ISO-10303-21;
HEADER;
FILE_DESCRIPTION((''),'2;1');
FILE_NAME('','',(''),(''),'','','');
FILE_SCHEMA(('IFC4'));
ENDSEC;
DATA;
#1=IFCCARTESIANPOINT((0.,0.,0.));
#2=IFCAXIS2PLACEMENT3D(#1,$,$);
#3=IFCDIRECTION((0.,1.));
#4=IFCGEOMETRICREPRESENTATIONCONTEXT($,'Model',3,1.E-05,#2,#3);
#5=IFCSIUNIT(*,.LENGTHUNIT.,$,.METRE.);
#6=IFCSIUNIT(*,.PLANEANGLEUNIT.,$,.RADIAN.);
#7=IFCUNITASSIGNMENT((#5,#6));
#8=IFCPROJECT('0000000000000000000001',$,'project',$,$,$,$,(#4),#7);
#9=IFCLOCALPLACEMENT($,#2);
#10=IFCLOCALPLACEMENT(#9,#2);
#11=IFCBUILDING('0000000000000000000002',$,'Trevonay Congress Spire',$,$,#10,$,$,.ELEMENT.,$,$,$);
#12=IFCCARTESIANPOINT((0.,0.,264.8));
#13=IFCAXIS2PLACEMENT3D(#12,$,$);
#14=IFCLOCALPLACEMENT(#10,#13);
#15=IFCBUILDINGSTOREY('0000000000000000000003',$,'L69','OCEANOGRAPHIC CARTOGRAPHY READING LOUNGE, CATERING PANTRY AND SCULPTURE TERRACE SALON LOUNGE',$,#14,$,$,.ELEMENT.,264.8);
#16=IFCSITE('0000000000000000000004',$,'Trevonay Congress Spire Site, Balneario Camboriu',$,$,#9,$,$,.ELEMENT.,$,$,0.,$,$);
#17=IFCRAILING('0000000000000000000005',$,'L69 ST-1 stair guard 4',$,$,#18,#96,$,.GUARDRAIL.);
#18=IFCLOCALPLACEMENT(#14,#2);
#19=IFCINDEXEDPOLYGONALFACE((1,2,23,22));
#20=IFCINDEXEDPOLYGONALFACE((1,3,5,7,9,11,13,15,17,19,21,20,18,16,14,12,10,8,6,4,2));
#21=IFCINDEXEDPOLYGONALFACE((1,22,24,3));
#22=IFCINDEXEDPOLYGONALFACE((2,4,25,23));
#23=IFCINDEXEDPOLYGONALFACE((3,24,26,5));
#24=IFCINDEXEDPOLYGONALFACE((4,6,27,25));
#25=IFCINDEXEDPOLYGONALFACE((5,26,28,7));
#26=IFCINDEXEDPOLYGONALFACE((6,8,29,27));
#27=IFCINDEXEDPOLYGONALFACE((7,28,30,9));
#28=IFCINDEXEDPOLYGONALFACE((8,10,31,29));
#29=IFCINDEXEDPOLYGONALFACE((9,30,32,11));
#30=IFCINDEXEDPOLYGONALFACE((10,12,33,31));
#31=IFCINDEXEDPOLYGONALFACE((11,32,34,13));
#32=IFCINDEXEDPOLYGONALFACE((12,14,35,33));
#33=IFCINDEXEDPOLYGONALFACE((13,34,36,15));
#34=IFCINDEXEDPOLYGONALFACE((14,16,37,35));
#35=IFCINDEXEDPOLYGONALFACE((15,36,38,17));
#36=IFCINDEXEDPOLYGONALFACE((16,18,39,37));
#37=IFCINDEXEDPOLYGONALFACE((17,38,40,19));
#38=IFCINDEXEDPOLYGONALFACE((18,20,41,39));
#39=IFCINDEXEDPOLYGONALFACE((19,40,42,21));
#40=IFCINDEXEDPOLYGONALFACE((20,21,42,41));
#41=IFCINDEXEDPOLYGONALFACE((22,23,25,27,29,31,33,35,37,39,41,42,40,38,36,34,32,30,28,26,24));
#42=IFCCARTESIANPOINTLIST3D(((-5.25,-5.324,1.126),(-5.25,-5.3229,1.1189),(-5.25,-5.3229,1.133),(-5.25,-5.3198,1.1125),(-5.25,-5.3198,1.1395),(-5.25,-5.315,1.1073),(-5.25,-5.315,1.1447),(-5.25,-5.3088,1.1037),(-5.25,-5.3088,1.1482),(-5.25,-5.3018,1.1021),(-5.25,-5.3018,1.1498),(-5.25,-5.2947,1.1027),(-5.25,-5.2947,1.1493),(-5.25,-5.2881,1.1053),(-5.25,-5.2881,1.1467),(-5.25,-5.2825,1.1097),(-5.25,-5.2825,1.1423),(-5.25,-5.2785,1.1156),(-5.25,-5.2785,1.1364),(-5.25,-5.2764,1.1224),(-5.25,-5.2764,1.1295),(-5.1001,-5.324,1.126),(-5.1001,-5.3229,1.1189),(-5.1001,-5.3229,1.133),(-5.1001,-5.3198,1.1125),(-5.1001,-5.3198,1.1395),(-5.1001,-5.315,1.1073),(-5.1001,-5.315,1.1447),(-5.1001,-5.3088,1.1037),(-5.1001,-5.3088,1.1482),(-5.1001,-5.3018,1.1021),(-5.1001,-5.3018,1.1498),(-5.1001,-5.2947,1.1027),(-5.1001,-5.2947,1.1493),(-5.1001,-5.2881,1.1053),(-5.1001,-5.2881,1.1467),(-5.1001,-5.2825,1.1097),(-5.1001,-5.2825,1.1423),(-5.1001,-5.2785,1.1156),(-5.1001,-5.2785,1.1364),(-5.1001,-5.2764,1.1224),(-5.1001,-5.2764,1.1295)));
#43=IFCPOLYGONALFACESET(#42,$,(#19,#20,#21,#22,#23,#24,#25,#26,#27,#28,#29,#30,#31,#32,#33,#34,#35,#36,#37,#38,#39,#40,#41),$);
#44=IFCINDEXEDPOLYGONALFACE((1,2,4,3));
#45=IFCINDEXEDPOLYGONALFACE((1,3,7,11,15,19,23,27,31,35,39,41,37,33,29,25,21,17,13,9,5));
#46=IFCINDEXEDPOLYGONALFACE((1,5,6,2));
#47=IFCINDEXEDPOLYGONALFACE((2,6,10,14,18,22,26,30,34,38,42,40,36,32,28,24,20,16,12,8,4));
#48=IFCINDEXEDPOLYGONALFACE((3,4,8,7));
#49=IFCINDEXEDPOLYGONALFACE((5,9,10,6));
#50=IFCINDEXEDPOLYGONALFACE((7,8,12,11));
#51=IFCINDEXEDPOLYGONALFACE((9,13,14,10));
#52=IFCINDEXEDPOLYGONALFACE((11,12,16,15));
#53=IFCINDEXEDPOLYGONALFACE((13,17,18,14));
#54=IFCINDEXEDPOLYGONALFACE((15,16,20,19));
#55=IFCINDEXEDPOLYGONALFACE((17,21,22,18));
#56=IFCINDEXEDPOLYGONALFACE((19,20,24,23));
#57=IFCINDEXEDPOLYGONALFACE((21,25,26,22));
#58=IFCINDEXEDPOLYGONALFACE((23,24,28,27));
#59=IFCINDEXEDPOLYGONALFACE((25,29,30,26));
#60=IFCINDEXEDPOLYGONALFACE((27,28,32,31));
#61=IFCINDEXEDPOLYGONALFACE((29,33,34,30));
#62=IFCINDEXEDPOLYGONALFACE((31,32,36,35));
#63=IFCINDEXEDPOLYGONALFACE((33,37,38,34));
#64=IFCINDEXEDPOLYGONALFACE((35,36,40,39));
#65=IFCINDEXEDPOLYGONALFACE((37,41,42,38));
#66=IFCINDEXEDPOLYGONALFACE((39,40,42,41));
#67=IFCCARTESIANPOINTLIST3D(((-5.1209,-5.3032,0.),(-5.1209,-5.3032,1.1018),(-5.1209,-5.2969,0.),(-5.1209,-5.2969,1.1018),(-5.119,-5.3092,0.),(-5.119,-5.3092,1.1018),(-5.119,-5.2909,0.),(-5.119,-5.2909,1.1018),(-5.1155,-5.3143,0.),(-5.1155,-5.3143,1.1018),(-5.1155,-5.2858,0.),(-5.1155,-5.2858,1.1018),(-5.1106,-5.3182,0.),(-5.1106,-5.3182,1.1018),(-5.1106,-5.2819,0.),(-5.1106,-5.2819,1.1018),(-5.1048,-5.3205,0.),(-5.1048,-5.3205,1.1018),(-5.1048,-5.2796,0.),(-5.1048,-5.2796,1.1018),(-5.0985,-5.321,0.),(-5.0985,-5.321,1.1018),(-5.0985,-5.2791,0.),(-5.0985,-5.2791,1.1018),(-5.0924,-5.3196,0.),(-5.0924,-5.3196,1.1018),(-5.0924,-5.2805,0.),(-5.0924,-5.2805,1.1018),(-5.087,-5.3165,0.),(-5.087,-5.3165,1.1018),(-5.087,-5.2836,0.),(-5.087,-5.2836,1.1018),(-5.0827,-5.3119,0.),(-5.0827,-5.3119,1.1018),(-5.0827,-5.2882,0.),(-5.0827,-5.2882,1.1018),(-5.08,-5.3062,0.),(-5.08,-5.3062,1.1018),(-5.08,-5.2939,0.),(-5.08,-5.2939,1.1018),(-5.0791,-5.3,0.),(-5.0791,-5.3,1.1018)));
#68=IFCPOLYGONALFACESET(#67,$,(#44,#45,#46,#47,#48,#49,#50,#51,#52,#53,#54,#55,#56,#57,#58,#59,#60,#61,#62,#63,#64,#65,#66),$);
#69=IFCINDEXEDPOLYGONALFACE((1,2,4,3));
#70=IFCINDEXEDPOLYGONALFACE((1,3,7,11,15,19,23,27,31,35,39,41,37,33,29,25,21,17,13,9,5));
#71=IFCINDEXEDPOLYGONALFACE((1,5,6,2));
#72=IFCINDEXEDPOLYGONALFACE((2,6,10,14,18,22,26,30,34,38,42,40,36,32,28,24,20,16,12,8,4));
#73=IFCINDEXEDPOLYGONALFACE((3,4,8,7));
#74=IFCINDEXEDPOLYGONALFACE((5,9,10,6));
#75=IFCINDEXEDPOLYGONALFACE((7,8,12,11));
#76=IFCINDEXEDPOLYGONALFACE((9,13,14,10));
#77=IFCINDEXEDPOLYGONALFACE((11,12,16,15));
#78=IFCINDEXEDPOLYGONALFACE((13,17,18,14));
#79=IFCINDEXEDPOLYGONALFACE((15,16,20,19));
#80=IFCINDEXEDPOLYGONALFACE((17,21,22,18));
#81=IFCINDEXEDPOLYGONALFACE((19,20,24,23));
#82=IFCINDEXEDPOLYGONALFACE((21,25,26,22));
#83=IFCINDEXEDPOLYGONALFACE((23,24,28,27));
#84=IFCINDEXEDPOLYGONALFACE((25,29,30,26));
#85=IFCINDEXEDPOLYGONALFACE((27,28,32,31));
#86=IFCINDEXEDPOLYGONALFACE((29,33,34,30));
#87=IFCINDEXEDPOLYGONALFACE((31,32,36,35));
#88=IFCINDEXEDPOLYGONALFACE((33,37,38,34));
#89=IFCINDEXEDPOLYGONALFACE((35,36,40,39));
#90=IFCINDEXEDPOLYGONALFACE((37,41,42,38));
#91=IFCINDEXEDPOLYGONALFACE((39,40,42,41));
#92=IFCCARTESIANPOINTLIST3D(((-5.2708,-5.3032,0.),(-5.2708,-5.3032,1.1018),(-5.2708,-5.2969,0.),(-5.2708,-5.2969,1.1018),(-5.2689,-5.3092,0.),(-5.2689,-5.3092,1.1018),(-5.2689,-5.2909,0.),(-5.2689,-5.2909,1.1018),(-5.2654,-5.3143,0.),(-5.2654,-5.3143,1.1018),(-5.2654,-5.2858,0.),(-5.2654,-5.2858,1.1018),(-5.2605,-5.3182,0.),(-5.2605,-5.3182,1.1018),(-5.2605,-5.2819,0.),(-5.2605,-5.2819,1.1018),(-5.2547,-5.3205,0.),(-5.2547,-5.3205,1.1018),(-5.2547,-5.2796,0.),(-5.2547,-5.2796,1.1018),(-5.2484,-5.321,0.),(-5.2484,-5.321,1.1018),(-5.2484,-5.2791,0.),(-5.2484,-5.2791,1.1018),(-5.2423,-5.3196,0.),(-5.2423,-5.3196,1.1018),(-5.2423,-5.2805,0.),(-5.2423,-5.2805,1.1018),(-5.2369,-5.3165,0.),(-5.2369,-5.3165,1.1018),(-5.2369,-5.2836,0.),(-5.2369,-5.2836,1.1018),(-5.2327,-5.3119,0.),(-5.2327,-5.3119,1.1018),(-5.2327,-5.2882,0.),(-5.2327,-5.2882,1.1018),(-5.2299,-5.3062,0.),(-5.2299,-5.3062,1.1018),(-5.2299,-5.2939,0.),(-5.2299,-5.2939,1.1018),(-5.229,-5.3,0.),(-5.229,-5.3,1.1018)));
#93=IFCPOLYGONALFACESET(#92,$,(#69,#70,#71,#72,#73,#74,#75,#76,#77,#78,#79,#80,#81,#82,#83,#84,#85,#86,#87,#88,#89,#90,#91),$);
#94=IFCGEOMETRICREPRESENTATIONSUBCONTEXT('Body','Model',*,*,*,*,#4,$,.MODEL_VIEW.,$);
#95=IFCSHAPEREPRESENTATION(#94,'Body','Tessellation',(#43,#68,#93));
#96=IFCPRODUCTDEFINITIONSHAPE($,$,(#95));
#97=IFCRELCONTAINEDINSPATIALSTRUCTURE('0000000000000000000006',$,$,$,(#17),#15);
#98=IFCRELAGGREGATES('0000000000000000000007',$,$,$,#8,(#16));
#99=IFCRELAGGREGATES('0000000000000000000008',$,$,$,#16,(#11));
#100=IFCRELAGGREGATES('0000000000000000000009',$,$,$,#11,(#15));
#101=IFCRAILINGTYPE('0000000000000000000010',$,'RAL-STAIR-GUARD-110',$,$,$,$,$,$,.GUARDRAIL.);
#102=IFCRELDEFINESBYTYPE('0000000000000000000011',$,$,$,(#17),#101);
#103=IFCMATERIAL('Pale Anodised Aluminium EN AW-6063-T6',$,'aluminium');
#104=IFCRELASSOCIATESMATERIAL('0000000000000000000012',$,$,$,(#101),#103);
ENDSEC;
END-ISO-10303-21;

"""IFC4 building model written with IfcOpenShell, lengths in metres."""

from ifc_helpers import new_model, si_unit, direction, frame, origin, origin_2d, place, context, subcontext, project, spatial, circle, extrude, material, type_object, element, save


model = new_model("IFC4")

# Units and contexts
model_context = context("Model", 3, precision=1e-05, world=origin(), true_north=direction((0.0, 1.0)))
body_context = subcontext(model_context, "Body", "Model", "MODEL_VIEW")
ifc_project = project(units=[si_unit("LENGTHUNIT", "METRE"), si_unit("PLANEANGLEUNIT", "RADIAN")], contexts=[model_context])

# Site, building, storey
site_placement = place(None, origin())
site = spatial("IfcSite", under=ifc_project, at=site_placement, Name="Trevonay Congress Spire Site, Balneario Camboriu", CompositionType="ELEMENT", RefElevation=0.0)
building_placement = place(site_placement, origin())
building = spatial("IfcBuilding", under=site, at=building_placement, Name="Trevonay Congress Spire", CompositionType="ELEMENT")
storey_placement = place(building_placement, frame((0.0, 0.0, 264.8)))
storey = spatial("IfcBuildingStorey", under=building, at=storey_placement, Name="L69", Description="OCEANOGRAPHIC CARTOGRAPHY READING LOUNGE, CATERING PANTRY AND SCULPTURE TERRACE SALON LOUNGE", CompositionType="ELEMENT", Elevation=264.8)

# Railing
ifc_material_1 = material(Name="Pale Anodised Aluminium EN AW-6063-T6", Category="aluminium")
railing_type_1 = type_object("IfcRailingType", Name="RAL-STAIR-GUARD-110", PredefinedType="GUARDRAIL", material=ifc_material_1)
railing_1_placement = place(storey_placement, frame((-5.1001, -5.3, 0.0)))
element("IfcRailing", 1, at=railing_1_placement, inside=storey, type_object=railing_type_1, Name="L69 ST-1 stair guard 4", PredefinedType="GUARDRAIL", context=body_context, shape_type="SweptSolid", body=[
    extrude(circle(Radius=0.0239, at=origin_2d()), frame((0.0, 0.0, 1.126), z_axis=(-1.0, 0.0, 0.0), x_axis=(0.0, -1.0, 0.0)), (0.0, 0.0, 1.0), 0.1499),
    extrude(circle(Radius=0.021, at=origin_2d()), origin(), (0.0, 0.0, 1.0), 1.1018),
    extrude(circle(Radius=0.021, at=origin_2d()), frame((-0.1499, 0.0, 0.0)), (0.0, 0.0, 1.0), 1.1018),
])

save(model, "model.ifc")
